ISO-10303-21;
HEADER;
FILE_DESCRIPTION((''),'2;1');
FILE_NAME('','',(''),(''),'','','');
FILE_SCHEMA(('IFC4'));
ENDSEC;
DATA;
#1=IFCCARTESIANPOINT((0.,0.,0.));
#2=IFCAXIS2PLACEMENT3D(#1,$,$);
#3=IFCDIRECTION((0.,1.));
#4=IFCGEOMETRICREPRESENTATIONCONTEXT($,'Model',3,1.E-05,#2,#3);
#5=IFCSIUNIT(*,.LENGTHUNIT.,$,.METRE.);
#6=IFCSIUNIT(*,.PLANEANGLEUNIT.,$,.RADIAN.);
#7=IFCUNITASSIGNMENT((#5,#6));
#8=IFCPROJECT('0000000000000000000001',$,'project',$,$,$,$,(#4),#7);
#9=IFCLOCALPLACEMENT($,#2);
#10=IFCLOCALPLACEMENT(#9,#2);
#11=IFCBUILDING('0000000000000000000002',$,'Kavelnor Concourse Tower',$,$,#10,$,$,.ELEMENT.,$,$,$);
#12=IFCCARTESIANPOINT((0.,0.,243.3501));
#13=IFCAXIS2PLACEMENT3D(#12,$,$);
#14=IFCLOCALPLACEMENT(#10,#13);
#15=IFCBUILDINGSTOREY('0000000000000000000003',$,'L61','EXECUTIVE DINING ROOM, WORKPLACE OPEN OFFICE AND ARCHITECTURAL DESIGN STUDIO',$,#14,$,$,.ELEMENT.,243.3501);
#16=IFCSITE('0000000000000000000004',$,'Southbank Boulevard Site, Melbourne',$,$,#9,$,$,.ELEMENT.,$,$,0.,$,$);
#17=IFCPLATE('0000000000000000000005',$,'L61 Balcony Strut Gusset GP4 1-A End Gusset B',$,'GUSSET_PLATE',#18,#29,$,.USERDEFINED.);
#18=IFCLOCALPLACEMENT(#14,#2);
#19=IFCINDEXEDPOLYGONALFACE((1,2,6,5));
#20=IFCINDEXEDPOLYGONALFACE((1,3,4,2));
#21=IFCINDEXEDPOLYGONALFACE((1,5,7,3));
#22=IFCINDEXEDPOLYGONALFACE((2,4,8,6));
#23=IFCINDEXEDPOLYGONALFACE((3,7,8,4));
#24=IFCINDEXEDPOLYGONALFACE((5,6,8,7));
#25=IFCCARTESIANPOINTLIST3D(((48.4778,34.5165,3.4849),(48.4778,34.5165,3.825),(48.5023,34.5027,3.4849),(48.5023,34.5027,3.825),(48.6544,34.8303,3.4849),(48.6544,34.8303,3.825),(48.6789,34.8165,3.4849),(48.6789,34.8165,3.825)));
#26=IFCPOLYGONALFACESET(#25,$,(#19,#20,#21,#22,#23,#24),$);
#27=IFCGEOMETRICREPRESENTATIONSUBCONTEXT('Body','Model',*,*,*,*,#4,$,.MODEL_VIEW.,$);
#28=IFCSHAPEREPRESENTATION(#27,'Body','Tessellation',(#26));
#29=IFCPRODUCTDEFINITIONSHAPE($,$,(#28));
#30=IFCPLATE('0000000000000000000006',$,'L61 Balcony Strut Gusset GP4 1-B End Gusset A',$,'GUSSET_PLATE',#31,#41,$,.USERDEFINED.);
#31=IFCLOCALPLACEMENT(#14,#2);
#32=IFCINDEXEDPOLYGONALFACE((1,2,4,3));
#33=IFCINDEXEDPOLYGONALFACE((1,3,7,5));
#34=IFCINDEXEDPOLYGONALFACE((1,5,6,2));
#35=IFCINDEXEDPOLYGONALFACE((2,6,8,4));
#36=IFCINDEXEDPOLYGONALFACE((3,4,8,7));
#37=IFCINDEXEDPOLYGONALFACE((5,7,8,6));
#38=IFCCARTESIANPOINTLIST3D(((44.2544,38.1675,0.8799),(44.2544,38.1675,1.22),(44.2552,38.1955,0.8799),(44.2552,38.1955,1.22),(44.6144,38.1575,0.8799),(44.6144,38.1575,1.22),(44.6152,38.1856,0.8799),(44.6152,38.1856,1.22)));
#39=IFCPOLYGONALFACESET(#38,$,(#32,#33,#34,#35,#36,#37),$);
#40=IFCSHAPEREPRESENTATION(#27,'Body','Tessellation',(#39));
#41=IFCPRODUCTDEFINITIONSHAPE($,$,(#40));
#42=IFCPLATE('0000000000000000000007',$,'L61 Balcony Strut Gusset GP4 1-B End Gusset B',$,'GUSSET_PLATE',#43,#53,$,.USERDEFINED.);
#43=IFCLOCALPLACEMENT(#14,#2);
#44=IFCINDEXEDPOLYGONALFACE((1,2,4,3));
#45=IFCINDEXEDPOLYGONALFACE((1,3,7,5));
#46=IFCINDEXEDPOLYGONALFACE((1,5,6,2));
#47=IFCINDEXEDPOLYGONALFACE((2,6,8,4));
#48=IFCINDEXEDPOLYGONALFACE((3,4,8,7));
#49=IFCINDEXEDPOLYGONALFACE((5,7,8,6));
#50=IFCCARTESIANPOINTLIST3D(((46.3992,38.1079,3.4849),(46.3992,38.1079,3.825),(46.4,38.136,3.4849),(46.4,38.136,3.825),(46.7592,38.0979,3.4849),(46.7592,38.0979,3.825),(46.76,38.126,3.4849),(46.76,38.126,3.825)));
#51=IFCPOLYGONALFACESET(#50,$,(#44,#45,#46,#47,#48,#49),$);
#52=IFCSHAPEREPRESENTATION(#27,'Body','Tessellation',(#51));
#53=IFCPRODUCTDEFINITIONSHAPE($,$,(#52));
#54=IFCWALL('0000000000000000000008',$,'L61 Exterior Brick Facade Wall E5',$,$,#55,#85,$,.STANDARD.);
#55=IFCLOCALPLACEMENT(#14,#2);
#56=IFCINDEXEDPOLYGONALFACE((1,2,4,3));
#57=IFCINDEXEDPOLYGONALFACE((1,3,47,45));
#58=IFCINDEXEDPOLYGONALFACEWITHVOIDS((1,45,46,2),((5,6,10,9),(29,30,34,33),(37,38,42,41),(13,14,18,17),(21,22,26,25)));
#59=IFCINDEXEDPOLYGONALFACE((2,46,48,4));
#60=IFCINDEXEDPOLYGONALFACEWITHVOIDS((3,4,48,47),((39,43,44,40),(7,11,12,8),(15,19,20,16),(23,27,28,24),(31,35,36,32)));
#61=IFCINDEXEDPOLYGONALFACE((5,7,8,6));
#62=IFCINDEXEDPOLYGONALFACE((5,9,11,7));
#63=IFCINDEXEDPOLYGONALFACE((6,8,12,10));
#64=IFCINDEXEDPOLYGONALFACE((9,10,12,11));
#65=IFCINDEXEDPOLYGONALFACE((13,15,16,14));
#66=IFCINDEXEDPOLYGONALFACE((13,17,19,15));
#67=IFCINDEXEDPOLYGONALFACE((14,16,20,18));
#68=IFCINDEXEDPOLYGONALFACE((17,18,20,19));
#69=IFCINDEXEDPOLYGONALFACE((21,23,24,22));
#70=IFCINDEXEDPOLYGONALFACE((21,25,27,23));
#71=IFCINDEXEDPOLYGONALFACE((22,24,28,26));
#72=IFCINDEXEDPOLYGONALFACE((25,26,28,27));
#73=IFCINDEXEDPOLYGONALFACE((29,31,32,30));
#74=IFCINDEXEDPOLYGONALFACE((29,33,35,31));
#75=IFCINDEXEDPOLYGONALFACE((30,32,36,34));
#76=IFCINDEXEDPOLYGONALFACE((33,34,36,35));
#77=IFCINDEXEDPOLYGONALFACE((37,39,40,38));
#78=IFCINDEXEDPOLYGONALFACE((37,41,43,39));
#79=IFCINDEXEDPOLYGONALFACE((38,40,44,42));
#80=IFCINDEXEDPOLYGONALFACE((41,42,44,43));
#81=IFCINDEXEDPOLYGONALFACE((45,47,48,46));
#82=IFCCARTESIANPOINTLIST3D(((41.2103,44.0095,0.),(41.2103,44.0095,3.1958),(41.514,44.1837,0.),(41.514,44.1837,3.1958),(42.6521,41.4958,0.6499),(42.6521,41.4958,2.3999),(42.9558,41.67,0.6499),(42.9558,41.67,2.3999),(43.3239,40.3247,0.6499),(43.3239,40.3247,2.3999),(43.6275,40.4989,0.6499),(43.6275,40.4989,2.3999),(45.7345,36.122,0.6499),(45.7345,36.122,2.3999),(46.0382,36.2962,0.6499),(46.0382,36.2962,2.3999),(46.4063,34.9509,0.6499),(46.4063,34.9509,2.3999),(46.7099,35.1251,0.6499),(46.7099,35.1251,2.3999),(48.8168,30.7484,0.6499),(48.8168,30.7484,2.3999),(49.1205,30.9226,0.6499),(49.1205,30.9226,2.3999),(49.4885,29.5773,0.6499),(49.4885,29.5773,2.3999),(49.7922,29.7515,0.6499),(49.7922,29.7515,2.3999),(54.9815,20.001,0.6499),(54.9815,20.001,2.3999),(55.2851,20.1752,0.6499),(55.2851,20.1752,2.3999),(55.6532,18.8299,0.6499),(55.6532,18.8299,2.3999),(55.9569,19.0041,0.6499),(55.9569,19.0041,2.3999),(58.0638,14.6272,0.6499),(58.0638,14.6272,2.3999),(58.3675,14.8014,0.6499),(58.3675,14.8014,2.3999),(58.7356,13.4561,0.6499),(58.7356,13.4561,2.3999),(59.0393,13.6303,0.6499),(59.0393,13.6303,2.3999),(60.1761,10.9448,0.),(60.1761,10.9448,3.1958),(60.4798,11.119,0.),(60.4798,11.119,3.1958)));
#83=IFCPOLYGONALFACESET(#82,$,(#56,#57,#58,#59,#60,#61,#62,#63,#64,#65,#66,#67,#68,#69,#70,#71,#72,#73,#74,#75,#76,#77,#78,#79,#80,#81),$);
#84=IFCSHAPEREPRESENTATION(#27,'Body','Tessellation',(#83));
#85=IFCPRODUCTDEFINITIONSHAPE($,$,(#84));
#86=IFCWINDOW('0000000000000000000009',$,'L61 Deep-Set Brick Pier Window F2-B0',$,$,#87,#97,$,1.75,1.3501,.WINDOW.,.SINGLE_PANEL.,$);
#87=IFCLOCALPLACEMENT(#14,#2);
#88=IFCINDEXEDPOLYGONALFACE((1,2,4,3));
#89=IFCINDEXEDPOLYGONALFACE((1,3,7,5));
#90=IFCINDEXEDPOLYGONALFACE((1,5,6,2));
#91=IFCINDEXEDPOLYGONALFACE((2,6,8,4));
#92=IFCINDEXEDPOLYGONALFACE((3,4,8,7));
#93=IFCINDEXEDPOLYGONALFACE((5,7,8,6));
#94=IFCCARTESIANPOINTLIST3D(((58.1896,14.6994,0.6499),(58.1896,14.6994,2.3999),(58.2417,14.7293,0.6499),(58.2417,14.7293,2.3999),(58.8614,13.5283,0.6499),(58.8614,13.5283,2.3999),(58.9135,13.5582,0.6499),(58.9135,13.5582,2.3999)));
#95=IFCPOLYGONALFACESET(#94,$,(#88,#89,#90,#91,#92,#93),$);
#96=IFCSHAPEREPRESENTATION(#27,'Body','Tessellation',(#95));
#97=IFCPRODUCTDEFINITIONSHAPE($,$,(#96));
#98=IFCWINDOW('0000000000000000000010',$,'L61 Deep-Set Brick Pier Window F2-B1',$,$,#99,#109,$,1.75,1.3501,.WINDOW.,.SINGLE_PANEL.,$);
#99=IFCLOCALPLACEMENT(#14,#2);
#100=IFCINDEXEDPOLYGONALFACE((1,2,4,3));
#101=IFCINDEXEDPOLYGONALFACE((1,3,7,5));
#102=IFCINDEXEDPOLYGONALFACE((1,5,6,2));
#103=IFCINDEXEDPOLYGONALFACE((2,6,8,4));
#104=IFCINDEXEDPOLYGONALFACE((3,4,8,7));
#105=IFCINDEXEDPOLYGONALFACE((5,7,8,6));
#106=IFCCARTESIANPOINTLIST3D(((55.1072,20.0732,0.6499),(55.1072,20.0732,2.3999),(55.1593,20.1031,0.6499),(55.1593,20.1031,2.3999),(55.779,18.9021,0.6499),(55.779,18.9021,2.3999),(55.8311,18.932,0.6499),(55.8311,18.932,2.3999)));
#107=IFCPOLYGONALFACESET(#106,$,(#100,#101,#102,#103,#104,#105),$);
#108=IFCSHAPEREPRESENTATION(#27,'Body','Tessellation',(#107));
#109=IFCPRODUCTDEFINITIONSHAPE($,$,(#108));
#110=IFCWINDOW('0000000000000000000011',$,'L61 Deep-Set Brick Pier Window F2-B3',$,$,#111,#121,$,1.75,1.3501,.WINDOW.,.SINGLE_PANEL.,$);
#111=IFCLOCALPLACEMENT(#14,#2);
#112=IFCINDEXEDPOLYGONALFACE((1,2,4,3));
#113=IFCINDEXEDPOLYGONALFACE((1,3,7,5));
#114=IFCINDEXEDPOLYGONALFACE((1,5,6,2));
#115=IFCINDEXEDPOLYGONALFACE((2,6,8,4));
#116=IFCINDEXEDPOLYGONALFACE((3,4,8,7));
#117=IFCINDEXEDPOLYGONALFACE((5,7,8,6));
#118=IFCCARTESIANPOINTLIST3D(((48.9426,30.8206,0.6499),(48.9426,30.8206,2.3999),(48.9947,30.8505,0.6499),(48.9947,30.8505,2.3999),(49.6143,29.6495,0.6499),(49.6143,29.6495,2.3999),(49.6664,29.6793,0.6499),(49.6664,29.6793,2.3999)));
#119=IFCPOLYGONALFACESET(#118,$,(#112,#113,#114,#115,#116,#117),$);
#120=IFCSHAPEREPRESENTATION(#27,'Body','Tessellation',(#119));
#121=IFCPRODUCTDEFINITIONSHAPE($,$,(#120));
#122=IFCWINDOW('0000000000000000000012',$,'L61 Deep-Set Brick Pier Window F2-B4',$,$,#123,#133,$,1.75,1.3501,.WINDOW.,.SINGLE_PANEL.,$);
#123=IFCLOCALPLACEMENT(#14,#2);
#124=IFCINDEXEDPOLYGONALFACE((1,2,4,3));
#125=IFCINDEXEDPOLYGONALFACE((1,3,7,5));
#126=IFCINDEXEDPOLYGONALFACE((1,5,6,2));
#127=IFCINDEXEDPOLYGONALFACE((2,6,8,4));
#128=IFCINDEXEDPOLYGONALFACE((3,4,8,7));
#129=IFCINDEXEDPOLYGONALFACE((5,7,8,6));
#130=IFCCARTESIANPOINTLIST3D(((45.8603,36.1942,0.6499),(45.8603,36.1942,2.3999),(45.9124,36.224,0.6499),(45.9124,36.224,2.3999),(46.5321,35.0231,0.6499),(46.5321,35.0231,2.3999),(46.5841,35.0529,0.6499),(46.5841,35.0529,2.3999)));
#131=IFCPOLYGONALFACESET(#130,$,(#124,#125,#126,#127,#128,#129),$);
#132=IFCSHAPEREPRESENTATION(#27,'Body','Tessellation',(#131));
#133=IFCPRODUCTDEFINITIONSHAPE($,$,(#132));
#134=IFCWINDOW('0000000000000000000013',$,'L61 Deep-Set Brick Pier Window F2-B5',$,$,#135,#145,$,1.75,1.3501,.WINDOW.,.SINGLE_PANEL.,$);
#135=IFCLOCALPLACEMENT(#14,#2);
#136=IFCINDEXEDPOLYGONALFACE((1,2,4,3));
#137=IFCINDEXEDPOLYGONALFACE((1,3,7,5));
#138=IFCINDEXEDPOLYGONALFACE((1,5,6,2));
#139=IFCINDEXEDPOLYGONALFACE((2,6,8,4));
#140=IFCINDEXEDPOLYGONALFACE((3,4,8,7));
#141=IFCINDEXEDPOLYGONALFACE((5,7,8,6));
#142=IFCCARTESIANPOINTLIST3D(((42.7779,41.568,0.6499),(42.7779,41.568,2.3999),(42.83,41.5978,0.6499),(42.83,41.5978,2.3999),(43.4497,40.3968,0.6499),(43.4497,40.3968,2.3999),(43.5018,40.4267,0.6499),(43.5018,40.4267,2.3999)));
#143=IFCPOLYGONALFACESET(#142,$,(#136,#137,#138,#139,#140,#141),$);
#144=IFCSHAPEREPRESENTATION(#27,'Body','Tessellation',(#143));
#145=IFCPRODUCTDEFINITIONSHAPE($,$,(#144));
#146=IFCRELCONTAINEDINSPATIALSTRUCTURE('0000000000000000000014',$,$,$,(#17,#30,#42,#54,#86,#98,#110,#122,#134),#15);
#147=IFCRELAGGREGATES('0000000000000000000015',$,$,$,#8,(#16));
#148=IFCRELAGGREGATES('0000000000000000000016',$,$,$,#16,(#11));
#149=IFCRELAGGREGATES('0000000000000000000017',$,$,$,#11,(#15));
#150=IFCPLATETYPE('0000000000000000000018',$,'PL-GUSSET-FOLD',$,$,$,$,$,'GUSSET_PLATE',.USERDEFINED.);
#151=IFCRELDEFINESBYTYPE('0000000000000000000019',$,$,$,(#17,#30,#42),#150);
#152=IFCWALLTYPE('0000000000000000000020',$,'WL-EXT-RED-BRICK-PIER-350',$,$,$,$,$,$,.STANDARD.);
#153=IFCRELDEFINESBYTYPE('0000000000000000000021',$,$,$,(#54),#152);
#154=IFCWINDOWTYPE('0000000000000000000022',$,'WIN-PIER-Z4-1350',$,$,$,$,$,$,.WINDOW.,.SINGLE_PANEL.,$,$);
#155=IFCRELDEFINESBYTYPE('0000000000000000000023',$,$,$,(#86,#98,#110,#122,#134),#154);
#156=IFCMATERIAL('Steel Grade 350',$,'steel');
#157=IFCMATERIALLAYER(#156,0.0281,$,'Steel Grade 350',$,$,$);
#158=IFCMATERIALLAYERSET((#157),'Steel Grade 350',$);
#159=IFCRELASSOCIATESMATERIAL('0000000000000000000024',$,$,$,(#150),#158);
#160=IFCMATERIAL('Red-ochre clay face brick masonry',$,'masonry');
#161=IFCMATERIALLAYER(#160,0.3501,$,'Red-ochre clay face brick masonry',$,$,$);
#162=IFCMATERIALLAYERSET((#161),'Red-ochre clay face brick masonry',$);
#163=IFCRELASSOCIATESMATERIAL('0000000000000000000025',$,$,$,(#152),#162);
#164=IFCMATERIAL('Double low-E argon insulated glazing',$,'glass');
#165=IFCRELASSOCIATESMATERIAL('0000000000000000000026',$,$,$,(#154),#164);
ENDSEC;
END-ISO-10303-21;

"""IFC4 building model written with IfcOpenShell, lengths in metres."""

from ifc_helpers import new_model, si_unit, direction, frame, frame_2d, origin, origin_2d, place, context, subcontext, project, spatial, rectangle, extrude, material, layer, layer_set, type_object, element, fill, save


model = new_model("IFC4")

# Units and contexts
model_context = context("Model", 3, precision=1e-05, world=origin(), true_north=direction((0.0, 1.0)))
body_context = subcontext(model_context, "Body", "Model", "MODEL_VIEW")
ifc_project = project(units=[si_unit("LENGTHUNIT", "METRE"), si_unit("PLANEANGLEUNIT", "RADIAN")], contexts=[model_context])

# Site, building, storey
site_placement = place(None, origin())
site = spatial("IfcSite", under=ifc_project, at=site_placement, Name="Southbank Boulevard Site, Melbourne", CompositionType="ELEMENT", RefElevation=0.0)
building_placement = place(site_placement, origin())
building = spatial("IfcBuilding", under=site, at=building_placement, Name="Kavelnor Concourse Tower", CompositionType="ELEMENT")
storey_placement = place(building_placement, frame((0.0, 0.0, 243.3501)))
storey = spatial("IfcBuildingStorey", under=building, at=storey_placement, Name="L61", Description="EXECUTIVE DINING ROOM, WORKPLACE OPEN OFFICE AND ARCHITECTURAL DESIGN STUDIO", CompositionType="ELEMENT", Elevation=243.3501)

# Shared definitions
ifc_material_1 = material(Name="Steel Grade 350", Category="steel")

# Plates
ifc_layer_1 = layer(ifc_material_1, 0.0281, Name="Steel Grade 350")
ifc_layer_set_1 = layer_set([ifc_layer_1], Name="Steel Grade 350")
plate_type = type_object("IfcPlateType", Name="PL-GUSSET-FOLD", ElementType="GUSSET_PLATE", PredefinedType="USERDEFINED", material=ifc_layer_set_1)
for number, where, z_axis, x_axis, name in (
    (1, (48.5784, 34.6665, 3.4849), (0.0, 0.0, 1.0), (0.490448, 0.871471, 0.0), "L61 Balcony Strut Gusset GP4 1-A End Gusset B"),
    (2, (44.4348, 38.1765, 0.8799), (0.0, 0.0, 1.0), (0.999615, -0.027747, 0.0), "L61 Balcony Strut Gusset GP4 1-B End Gusset A"),
    (3, (46.5796, 38.1169, 3.4849), (0.0, 0.0, 1.0), (0.999615, -0.027747, 0.0), "L61 Balcony Strut Gusset GP4 1-B End Gusset B"),
):
    element("IfcPlate", number, at=place(storey_placement, frame(where, z_axis=z_axis, x_axis=x_axis)), inside=storey, type_object=plate_type, Name=name, ObjectType="GUSSET_PLATE", PredefinedType="USERDEFINED", context=body_context, shape_type="SweptSolid", body=[
        extrude(rectangle(XDim=0.3601, YDim=0.0281, at=origin_2d()), origin(), (0.0, 0.0, 1.0), 0.3401),
    ])

# Wall, openings, windows
ifc_material_2 = material(Name="Red-ochre clay face brick masonry", Category="masonry")
ifc_layer_2 = layer(ifc_material_2, 0.3501, Name="Red-ochre clay face brick masonry")
ifc_layer_set_2 = layer_set([ifc_layer_2], Name="Red-ochre clay face brick masonry")
wall_type_1 = type_object("IfcWallType", Name="WL-EXT-RED-BRICK-PIER-350", PredefinedType="STANDARD", material=ifc_layer_set_2)
wall_1_placement = place(storey_placement, frame((41.3621, 44.0967, 0.0), z_axis=(0.0, 0.0, 1.0), x_axis=(0.497556, -0.867432, 0.0)))
wall_1 = element("IfcWall", 4, at=wall_1_placement, inside=storey, type_object=wall_type_1, Name="L61 Exterior Brick Facade Wall E5", PredefinedType="STANDARD", context=body_context, shape_type="SweptSolid", body=[
    extrude(rectangle(XDim=38.1179, YDim=0.3501, at=frame_2d((19.0591, 0.0))), origin(), (0.0, 0.0, 1.0), 3.1958),
])
opening_1_placement = place(wall_1_placement, frame((33.8728, 0.0, 0.6499)))
opening_1 = element("IfcOpeningElement", 5, at=opening_1_placement, cuts=wall_1, PredefinedType="OPENING", context=body_context, shape_type="SweptSolid", body=[
    extrude(rectangle(XDim=1.3501, YDim=1.75, at=frame_2d((0.675, 0.875))), frame((0.0, 0.1851, 0.0), z_axis=(0.0, -1.0, 0.0), x_axis=(1.0, 0.0, 0.0)), (0.0, 0.0, 1.0), 0.3701),
])
opening_2_placement = place(wall_1_placement, frame((27.6777, 0.0, 0.6499)))
opening_2 = element("IfcOpeningElement", 6, at=opening_2_placement, cuts=wall_1, PredefinedType="OPENING", context=body_context, shape_type="SweptSolid", body=[
    extrude(rectangle(XDim=1.3501, YDim=1.75, at=frame_2d((0.675, 0.875))), frame((0.0, 0.1851, 0.0), z_axis=(0.0, -1.0, 0.0), x_axis=(1.0, 0.0, 0.0)), (0.0, 0.0, 1.0), 0.3701),
])
opening_3_placement = place(wall_1_placement, frame((15.2878, 0.0, 0.6499)))
opening_3 = element("IfcOpeningElement", 7, at=opening_3_placement, cuts=wall_1, PredefinedType="OPENING", context=body_context, shape_type="SweptSolid", body=[
    extrude(rectangle(XDim=1.3501, YDim=1.75, at=frame_2d((0.675, 0.875))), frame((0.0, 0.1851, 0.0), z_axis=(0.0, -1.0, 0.0), x_axis=(1.0, 0.0, 0.0)), (0.0, 0.0, 1.0), 0.3701),
])
opening_4_placement = place(wall_1_placement, frame((9.093, 0.0, 0.6499)))
opening_4 = element("IfcOpeningElement", 8, at=opening_4_placement, cuts=wall_1, PredefinedType="OPENING", context=body_context, shape_type="SweptSolid", body=[
    extrude(rectangle(XDim=1.3501, YDim=1.75, at=frame_2d((0.675, 0.875))), frame((0.0, 0.1851, 0.0), z_axis=(0.0, -1.0, 0.0), x_axis=(1.0, 0.0, 0.0)), (0.0, 0.0, 1.0), 0.3701),
])
opening_5_placement = place(wall_1_placement, frame((2.8979, 0.0, 0.6499)))
opening_5 = element("IfcOpeningElement", 9, at=opening_5_placement, cuts=wall_1, PredefinedType="OPENING", context=body_context, shape_type="SweptSolid", body=[
    extrude(rectangle(XDim=1.3501, YDim=1.75, at=frame_2d((0.675, 0.875))), frame((0.0, 0.1851, 0.0), z_axis=(0.0, -1.0, 0.0), x_axis=(1.0, 0.0, 0.0)), (0.0, 0.0, 1.0), 0.3701),
])
ifc_material_3 = material(Name="Double low-E argon insulated glazing", Category="glass")
window_type = type_object("IfcWindowType", Name="WIN-PIER-Z4-1350", PartitioningType="SINGLE_PANEL", PredefinedType="WINDOW", material=ifc_material_3)
window_1_placement = place(opening_1_placement, origin())
window_1 = element("IfcWindow", 10, at=window_1_placement, inside=storey, type_object=window_type, Name="L61 Deep-Set Brick Pier Window F2-B0", OverallHeight=1.75, OverallWidth=1.3501, PartitioningType="SINGLE_PANEL", PredefinedType="WINDOW", context=body_context, shape_type="SweptSolid", body=[
    extrude(rectangle(XDim=1.3501, YDim=1.75, at=frame_2d((0.675, 0.875))), frame((0.0, 0.03, 0.0), z_axis=(0.0, -1.0, 0.0), x_axis=(1.0, 0.0, 0.0)), (0.0, 0.0, 1.0), 0.0601),
])
fill(opening_1, window_1)
window_2_placement = place(opening_2_placement, origin())
window_2 = element("IfcWindow", 11, at=window_2_placement, inside=storey, type_object=window_type, Name="L61 Deep-Set Brick Pier Window F2-B1", OverallHeight=1.75, OverallWidth=1.3501, PartitioningType="SINGLE_PANEL", PredefinedType="WINDOW", context=body_context, shape_type="SweptSolid", body=[
    extrude(rectangle(XDim=1.3501, YDim=1.75, at=frame_2d((0.675, 0.875))), frame((0.0, 0.03, 0.0), z_axis=(0.0, -1.0, 0.0), x_axis=(1.0, 0.0, 0.0)), (0.0, 0.0, 1.0), 0.0601),
])
fill(opening_2, window_2)
window_3_placement = place(opening_3_placement, origin())
window_3 = element("IfcWindow", 12, at=window_3_placement, inside=storey, type_object=window_type, Name="L61 Deep-Set Brick Pier Window F2-B3", OverallHeight=1.75, OverallWidth=1.3501, PartitioningType="SINGLE_PANEL", PredefinedType="WINDOW", context=body_context, shape_type="SweptSolid", body=[
    extrude(rectangle(XDim=1.3501, YDim=1.75, at=frame_2d((0.675, 0.875))), frame((0.0, 0.03, 0.0), z_axis=(0.0, -1.0, 0.0), x_axis=(1.0, 0.0, 0.0)), (0.0, 0.0, 1.0), 0.0601),
])
fill(opening_3, window_3)
window_4_placement = place(opening_4_placement, origin())
window_4 = element("IfcWindow", 13, at=window_4_placement, inside=storey, type_object=window_type, Name="L61 Deep-Set Brick Pier Window F2-B4", OverallHeight=1.75, OverallWidth=1.3501, PartitioningType="SINGLE_PANEL", PredefinedType="WINDOW", context=body_context, shape_type="SweptSolid", body=[
    extrude(rectangle(XDim=1.3501, YDim=1.75, at=frame_2d((0.675, 0.875))), frame((0.0, 0.03, 0.0), z_axis=(0.0, -1.0, 0.0), x_axis=(1.0, 0.0, 0.0)), (0.0, 0.0, 1.0), 0.0601),
])
fill(opening_4, window_4)
window_5_placement = place(opening_5_placement, origin())
window_5 = element("IfcWindow", 14, at=window_5_placement, inside=storey, type_object=window_type, Name="L61 Deep-Set Brick Pier Window F2-B5", OverallHeight=1.75, OverallWidth=1.3501, PartitioningType="SINGLE_PANEL", PredefinedType="WINDOW", context=body_context, shape_type="SweptSolid", body=[
    extrude(rectangle(XDim=1.3501, YDim=1.75, at=frame_2d((0.675, 0.875))), frame((0.0, 0.03, 0.0), z_axis=(0.0, -1.0, 0.0), x_axis=(1.0, 0.0, 0.0)), (0.0, 0.0, 1.0), 0.0601),
])
fill(opening_5, window_5)

save(model, "model.ifc")
